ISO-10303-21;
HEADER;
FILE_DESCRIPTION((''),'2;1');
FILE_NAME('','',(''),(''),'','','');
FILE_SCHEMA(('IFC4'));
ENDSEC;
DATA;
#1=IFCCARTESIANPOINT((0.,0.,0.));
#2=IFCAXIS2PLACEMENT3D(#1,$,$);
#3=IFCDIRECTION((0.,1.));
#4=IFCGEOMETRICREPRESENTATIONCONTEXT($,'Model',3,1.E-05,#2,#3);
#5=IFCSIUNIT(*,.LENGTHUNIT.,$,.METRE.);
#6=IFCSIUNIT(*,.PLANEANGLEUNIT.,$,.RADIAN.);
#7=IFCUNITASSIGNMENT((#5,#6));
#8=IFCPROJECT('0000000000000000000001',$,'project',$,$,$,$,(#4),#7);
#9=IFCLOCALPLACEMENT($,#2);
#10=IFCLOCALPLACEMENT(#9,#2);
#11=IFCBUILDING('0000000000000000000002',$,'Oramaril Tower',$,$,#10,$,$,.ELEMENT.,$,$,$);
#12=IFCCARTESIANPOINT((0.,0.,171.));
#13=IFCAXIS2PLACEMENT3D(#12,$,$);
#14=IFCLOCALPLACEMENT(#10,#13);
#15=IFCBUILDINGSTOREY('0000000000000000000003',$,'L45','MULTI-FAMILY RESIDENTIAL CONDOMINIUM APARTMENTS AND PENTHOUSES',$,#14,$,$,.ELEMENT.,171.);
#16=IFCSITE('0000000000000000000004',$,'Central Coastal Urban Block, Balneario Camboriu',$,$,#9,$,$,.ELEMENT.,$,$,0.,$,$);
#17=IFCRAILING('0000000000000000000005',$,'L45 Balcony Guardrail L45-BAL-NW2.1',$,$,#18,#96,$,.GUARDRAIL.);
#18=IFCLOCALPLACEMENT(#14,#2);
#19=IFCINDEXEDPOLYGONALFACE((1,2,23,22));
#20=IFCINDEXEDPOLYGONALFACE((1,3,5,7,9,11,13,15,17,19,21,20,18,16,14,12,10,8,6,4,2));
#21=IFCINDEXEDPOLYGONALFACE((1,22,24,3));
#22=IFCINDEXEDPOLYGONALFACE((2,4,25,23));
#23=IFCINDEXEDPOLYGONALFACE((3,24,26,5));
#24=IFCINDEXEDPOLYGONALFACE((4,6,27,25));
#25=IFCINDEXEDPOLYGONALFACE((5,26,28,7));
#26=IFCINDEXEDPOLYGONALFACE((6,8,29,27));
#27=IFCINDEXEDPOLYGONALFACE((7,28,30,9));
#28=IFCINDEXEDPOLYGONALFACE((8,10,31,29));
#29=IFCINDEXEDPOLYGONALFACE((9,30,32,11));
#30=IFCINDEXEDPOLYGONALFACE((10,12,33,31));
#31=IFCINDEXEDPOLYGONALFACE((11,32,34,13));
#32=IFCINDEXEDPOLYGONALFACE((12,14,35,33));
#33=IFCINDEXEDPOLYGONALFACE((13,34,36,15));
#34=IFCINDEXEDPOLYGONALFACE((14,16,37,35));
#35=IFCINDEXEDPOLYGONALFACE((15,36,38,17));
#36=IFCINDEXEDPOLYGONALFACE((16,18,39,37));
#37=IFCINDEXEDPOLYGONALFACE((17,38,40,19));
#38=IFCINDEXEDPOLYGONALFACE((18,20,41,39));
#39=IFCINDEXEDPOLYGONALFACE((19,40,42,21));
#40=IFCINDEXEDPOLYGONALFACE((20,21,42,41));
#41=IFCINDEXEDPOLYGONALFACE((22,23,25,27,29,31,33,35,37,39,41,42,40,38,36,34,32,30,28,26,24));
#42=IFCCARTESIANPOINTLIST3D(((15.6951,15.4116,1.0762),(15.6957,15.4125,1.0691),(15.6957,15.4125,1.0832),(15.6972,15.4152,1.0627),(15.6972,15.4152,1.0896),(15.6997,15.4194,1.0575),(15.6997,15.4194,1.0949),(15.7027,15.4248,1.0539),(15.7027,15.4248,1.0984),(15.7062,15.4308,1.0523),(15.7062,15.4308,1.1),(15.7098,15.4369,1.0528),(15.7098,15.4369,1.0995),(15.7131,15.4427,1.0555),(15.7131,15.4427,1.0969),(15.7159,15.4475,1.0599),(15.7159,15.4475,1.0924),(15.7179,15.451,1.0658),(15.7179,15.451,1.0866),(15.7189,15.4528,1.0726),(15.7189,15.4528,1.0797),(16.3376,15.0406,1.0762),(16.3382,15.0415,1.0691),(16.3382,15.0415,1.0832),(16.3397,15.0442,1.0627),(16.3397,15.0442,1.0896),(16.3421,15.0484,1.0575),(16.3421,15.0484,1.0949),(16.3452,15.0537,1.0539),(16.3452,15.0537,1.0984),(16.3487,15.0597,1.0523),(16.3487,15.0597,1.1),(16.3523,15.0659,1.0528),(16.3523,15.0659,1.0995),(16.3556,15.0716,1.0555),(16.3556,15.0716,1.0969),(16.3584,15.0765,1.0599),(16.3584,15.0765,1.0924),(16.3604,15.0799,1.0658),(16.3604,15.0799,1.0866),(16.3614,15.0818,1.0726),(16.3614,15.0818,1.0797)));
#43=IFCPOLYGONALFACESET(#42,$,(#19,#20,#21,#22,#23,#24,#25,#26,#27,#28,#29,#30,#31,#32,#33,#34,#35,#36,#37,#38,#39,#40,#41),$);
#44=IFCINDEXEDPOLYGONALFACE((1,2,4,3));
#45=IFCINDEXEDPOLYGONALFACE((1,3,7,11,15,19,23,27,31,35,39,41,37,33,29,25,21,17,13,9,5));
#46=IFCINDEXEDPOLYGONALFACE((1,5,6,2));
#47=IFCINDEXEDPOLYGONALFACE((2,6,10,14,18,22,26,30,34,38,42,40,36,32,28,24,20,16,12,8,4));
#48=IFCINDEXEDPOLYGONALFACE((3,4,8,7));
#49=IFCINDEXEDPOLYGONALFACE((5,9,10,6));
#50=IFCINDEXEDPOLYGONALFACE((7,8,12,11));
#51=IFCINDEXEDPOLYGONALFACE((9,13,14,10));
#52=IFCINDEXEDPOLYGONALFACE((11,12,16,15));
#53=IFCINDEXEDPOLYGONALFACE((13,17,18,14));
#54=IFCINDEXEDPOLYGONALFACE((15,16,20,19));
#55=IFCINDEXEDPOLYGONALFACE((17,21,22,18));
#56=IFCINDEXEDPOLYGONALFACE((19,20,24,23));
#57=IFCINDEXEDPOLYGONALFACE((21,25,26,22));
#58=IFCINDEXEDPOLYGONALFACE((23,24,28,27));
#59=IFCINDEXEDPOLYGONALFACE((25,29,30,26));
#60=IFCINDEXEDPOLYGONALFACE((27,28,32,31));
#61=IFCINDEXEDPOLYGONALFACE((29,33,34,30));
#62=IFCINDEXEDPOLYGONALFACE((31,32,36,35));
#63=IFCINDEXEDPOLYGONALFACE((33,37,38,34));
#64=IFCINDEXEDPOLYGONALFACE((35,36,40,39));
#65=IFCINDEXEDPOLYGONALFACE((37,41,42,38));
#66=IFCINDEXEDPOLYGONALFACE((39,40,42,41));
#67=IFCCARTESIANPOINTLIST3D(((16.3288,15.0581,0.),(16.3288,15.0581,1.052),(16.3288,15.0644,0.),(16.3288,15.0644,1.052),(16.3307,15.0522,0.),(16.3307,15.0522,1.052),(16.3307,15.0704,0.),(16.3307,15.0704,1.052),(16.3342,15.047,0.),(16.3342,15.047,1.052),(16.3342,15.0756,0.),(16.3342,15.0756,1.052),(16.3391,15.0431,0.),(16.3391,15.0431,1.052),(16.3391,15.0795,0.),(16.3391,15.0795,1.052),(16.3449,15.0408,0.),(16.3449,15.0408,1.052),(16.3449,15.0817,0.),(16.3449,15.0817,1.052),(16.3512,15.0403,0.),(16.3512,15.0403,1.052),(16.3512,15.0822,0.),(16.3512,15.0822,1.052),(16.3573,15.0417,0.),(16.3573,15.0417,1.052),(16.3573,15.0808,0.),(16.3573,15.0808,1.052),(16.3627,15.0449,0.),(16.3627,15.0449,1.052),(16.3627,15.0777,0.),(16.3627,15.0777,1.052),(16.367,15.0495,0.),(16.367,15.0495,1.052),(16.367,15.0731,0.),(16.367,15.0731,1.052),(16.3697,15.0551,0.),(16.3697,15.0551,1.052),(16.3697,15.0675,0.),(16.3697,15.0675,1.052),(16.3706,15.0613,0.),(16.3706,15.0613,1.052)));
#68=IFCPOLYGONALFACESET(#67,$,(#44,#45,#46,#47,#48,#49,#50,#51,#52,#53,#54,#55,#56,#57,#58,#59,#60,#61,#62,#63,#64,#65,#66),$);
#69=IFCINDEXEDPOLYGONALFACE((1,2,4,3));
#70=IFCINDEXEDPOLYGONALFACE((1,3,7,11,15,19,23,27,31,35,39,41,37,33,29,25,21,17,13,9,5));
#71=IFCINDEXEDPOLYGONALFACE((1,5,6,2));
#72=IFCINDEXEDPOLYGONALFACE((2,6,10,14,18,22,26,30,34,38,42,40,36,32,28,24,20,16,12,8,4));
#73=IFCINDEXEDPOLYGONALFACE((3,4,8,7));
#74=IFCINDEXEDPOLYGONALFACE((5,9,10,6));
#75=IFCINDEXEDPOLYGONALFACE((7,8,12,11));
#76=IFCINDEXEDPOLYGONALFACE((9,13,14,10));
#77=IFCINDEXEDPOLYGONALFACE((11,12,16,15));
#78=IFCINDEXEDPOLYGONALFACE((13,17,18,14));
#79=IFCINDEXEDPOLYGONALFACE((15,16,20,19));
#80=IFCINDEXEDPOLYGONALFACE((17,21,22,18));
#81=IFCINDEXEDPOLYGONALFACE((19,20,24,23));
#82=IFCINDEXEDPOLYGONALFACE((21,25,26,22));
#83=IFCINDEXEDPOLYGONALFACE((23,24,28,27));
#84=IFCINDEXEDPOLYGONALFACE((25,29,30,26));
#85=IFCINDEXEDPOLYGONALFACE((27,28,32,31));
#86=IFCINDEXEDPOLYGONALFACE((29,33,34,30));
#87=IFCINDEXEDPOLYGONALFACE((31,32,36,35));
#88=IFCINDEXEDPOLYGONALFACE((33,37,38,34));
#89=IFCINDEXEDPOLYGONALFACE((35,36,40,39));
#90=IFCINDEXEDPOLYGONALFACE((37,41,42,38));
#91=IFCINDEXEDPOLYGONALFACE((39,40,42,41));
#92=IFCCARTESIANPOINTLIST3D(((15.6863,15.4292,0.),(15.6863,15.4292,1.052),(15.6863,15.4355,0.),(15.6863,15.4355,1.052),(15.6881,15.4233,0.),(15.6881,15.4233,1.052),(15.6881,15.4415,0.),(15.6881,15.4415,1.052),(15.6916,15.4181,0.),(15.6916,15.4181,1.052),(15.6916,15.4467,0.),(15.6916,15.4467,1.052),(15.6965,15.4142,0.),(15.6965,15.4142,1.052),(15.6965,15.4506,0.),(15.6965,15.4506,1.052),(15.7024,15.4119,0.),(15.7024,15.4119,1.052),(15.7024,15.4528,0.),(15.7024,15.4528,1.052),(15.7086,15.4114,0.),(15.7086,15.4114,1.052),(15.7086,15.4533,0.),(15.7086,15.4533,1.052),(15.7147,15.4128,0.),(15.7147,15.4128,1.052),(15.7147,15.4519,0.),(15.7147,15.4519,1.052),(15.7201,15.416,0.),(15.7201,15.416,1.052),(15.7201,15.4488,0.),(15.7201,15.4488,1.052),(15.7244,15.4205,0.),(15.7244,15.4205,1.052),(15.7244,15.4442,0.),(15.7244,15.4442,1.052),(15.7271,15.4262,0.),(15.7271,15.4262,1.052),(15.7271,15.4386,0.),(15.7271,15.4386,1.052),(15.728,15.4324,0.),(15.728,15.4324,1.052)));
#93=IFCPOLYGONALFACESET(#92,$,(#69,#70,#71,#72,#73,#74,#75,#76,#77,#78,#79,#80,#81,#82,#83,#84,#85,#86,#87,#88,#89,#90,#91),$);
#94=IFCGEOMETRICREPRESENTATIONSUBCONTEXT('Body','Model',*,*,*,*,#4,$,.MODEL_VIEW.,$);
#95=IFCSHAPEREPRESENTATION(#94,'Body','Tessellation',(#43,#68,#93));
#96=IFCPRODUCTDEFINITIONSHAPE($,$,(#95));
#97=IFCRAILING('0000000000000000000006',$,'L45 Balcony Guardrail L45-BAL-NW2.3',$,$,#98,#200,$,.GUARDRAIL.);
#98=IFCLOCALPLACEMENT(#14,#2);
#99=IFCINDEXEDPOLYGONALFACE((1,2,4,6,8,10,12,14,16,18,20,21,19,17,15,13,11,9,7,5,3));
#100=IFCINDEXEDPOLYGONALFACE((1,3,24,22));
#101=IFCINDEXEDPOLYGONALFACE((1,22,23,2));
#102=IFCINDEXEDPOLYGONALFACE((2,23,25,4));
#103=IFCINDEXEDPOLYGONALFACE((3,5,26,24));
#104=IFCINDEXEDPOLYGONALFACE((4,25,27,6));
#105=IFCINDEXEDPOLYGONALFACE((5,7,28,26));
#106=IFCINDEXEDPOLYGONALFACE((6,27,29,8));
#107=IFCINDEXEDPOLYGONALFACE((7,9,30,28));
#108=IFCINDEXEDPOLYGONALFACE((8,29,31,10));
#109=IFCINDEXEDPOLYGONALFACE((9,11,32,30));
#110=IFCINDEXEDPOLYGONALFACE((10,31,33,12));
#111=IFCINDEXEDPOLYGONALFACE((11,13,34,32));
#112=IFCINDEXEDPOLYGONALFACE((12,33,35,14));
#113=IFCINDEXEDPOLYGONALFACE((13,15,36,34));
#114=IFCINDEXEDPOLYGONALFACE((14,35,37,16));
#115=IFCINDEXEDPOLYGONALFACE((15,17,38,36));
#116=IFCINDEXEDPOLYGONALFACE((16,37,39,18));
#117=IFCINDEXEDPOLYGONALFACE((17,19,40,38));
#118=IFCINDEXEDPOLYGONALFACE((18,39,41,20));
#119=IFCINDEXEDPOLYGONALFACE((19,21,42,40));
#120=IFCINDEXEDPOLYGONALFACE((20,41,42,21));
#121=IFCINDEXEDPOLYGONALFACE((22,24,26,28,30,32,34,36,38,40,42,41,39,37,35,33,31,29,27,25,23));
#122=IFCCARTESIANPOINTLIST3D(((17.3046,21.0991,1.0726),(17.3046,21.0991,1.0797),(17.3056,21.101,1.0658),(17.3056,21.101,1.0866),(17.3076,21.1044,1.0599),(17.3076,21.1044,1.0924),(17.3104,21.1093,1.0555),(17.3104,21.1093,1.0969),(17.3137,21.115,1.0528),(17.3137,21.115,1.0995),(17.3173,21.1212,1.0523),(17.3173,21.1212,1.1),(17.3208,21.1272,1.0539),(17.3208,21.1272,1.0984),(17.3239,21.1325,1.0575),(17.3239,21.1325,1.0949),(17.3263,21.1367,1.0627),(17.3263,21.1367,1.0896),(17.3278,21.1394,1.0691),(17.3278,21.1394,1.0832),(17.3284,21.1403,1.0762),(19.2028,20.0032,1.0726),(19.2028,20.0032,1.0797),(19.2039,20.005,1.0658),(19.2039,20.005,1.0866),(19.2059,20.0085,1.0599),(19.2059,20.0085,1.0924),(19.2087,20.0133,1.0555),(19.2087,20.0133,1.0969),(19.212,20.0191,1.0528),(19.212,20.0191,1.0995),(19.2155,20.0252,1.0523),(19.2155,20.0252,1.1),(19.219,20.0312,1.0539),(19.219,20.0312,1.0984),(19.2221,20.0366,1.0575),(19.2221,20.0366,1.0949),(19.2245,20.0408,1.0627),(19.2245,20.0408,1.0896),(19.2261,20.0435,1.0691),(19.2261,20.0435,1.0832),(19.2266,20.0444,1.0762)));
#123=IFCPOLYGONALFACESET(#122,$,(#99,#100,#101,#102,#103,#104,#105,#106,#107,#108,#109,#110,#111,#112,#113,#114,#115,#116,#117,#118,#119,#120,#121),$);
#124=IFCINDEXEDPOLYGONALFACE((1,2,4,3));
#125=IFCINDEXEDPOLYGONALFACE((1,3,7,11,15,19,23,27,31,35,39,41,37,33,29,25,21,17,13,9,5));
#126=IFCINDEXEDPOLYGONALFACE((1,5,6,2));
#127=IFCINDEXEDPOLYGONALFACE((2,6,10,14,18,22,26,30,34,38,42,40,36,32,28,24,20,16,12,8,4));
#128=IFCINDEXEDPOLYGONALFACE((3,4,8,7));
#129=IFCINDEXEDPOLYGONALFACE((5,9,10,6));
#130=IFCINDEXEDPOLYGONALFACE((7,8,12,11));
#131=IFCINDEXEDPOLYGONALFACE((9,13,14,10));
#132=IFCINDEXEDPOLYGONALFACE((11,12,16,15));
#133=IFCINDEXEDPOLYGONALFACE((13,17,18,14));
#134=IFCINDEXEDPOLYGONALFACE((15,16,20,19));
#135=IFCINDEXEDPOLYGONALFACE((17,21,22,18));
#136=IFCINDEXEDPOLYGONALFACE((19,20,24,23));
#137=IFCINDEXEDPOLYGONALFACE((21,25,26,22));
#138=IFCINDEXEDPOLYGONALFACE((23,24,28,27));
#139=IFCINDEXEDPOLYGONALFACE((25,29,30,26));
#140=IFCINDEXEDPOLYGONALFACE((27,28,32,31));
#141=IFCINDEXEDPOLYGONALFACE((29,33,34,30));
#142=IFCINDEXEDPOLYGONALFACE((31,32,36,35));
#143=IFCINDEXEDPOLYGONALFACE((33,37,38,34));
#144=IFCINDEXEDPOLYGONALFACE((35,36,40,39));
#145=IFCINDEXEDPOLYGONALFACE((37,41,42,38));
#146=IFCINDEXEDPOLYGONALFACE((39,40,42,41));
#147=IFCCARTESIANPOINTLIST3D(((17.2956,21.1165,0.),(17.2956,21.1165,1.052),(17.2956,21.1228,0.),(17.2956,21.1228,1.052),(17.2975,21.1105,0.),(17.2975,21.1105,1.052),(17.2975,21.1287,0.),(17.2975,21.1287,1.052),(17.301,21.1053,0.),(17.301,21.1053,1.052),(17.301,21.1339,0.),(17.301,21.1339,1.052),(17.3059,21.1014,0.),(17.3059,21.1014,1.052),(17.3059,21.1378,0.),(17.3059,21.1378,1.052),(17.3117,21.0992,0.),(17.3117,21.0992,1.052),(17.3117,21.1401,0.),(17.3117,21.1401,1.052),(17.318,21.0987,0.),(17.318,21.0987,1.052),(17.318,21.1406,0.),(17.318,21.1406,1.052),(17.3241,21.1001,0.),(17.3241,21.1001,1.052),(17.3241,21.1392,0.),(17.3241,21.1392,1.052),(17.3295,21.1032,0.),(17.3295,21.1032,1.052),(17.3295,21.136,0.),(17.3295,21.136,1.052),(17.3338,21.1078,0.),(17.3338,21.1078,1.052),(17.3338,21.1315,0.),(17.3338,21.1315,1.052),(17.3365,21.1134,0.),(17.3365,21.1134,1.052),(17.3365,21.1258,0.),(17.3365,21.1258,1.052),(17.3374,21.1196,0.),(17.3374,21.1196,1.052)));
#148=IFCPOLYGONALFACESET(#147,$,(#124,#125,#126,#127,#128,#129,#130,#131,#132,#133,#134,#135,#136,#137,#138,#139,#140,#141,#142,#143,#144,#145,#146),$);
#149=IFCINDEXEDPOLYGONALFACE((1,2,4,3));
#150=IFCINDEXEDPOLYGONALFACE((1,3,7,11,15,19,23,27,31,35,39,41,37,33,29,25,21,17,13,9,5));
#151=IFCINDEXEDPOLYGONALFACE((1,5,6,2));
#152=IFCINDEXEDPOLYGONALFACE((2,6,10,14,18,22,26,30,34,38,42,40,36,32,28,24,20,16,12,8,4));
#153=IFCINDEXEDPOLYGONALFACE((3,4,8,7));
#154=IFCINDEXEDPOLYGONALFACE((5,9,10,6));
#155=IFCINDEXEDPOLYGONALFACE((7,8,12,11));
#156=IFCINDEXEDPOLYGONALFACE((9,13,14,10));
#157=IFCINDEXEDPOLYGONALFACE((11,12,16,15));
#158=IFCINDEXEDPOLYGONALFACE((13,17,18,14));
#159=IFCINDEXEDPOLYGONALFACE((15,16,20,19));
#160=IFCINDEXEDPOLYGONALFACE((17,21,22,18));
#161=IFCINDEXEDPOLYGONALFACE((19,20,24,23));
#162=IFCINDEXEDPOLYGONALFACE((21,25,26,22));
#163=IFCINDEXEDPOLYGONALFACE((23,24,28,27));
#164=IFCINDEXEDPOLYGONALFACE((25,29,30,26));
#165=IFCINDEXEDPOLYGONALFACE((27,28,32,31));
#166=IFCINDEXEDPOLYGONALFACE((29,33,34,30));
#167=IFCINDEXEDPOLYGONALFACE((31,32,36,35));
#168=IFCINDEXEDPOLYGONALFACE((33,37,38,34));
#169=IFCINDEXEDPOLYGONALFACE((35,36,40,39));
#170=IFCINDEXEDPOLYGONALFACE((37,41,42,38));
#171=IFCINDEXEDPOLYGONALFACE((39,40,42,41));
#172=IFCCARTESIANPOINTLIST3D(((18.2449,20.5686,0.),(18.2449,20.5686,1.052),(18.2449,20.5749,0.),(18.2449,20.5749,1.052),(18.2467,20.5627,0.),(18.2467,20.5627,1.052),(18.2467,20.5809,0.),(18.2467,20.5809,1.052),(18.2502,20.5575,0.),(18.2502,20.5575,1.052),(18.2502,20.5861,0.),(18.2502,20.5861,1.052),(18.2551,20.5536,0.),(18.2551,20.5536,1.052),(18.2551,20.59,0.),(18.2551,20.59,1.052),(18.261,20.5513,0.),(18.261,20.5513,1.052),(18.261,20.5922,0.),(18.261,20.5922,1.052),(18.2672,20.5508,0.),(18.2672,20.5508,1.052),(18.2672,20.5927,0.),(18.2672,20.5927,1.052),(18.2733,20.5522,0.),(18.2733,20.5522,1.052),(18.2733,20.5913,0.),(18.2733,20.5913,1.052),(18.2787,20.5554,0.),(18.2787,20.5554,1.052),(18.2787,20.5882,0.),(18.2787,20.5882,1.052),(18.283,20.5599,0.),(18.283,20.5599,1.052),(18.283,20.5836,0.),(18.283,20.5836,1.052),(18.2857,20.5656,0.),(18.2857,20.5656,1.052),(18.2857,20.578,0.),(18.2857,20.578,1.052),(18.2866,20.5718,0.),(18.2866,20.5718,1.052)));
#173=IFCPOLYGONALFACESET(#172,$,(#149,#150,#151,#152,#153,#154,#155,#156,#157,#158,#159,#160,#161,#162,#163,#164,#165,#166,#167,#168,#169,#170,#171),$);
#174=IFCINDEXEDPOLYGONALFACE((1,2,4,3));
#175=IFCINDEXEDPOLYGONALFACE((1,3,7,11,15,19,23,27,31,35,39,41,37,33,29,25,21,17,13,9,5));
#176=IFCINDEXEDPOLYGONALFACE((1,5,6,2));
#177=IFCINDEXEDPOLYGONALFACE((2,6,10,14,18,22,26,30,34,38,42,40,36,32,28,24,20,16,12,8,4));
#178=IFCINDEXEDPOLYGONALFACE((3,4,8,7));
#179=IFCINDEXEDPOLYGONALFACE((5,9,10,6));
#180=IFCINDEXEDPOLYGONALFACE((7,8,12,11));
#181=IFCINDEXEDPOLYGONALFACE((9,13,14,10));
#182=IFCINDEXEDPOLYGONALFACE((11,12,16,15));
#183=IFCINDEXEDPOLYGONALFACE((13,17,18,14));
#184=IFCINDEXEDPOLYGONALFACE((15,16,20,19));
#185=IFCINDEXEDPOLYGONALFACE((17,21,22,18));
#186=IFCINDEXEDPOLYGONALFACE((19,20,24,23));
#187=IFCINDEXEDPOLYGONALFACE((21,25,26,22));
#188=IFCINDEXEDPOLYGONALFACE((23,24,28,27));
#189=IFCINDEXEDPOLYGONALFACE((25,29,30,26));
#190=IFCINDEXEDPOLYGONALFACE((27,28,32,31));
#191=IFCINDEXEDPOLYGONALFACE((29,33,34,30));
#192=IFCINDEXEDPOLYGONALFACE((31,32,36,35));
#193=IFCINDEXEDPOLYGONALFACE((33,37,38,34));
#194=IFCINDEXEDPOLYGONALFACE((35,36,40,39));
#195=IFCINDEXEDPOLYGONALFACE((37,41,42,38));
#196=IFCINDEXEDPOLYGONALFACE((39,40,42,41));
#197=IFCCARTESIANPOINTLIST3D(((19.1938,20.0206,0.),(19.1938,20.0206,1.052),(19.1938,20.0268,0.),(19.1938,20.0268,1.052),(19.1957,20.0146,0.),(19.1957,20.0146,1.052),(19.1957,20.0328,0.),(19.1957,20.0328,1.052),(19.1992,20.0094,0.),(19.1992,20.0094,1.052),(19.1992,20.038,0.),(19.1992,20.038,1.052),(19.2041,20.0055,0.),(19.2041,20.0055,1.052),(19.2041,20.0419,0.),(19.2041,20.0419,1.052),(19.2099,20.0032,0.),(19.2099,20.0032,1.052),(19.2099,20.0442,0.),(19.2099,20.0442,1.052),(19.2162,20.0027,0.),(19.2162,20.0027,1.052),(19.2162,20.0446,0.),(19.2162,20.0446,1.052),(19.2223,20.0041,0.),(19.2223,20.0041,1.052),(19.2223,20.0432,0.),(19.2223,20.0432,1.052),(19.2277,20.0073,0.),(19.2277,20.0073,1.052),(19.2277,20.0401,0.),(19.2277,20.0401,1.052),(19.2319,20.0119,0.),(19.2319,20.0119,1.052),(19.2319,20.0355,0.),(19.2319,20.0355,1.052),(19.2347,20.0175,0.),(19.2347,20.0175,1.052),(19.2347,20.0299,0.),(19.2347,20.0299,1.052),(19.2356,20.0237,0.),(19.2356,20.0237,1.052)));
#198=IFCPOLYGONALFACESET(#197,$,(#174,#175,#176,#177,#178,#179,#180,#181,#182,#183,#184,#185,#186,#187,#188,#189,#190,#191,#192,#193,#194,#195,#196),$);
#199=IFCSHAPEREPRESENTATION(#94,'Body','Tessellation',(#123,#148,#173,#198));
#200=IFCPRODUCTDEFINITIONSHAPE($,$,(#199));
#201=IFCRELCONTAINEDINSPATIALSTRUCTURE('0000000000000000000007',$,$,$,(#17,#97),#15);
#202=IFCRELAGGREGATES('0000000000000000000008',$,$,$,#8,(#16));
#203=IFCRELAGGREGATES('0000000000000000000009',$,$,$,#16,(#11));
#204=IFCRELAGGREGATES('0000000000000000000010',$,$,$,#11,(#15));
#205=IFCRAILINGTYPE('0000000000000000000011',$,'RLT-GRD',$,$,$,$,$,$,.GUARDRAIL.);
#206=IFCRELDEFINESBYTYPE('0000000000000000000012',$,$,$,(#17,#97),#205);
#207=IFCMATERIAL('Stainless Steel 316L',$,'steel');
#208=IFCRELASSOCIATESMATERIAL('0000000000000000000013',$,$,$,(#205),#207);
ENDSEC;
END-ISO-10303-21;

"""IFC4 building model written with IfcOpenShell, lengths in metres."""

from ifc_helpers import new_model, si_unit, direction, frame, origin, origin_2d, place, context, subcontext, project, spatial, circle, extrude, material, type_object, element, save


model = new_model("IFC4")

# Units and contexts
model_context = context("Model", 3, precision=1e-05, world=origin(), true_north=direction((0.0, 1.0)))
body_context = subcontext(model_context, "Body", "Model", "MODEL_VIEW")
ifc_project = project(units=[si_unit("LENGTHUNIT", "METRE"), si_unit("PLANEANGLEUNIT", "RADIAN")], contexts=[model_context])

# Site, building, storey
site_placement = place(None, origin())
site = spatial("IfcSite", under=ifc_project, at=site_placement, Name="Central Coastal Urban Block, Balneario Camboriu", CompositionType="ELEMENT", RefElevation=0.0)
building_placement = place(site_placement, origin())
building = spatial("IfcBuilding", under=site, at=building_placement, Name="Oramaril Tower", CompositionType="ELEMENT")
storey_placement = place(building_placement, frame((0.0, 0.0, 171.0)))
storey = spatial("IfcBuildingStorey", under=building, at=storey_placement, Name="L45", Description="MULTI-FAMILY RESIDENTIAL CONDOMINIUM APARTMENTS AND PENTHOUSES", CompositionType="ELEMENT", Elevation=171.0)

# Railings
ifc_material_1 = material(Name="Stainless Steel 316L", Category="steel")
railing_type_1 = type_object("IfcRailingType", Name="RLT-GRD", PredefinedType="GUARDRAIL", material=ifc_material_1)
railing_1_placement = place(storey_placement, frame((16.3496, 15.0613, 0.0)))
element("IfcRailing", 1, at=railing_1_placement, inside=storey, type_object=railing_type_1, Name="L45 Balcony Guardrail L45-BAL-NW2.1", PredefinedType="GUARDRAIL", context=body_context, shape_type="SweptSolid", body=[
    extrude(circle(Radius=0.0239, at=origin_2d()), frame((0.0, 0.0, 1.0762), z_axis=(-0.865966, 0.500102, 0.0), x_axis=(-0.500102, -0.865966, 0.0)), (0.0, 0.0, 1.0), 0.7419),
    extrude(circle(Radius=0.021, at=origin_2d()), origin(), (0.0, 0.0, 1.0), 1.052),
    extrude(circle(Radius=0.021, at=origin_2d()), frame((-0.6426, 0.3711, 0.0)), (0.0, 0.0, 1.0), 1.052),
])
railing_2_placement = place(storey_placement, frame((17.3164, 21.1196, 0.0)))
element("IfcRailing", 2, at=railing_2_placement, inside=storey, type_object=railing_type_1, Name="L45 Balcony Guardrail L45-BAL-NW2.3", PredefinedType="GUARDRAIL", context=body_context, shape_type="SweptSolid", body=[
    extrude(circle(Radius=0.0239, at=origin_2d()), frame((0.0, 0.0, 1.0762), z_axis=(0.866021, -0.500008, 0.0), x_axis=(0.500008, 0.866021, 0.0)), (0.0, 0.0, 1.0), 2.1919),
    extrude(circle(Radius=0.021, at=origin_2d()), origin(), (0.0, 0.0, 1.0), 1.052),
    extrude(circle(Radius=0.021, at=origin_2d()), frame((0.9492, -0.5479, 0.0)), (0.0, 0.0, 1.0), 1.052),
    extrude(circle(Radius=0.021, at=origin_2d()), frame((1.8982, -1.0959, 0.0)), (0.0, 0.0, 1.0), 1.052),
])

save(model, "model.ifc")
